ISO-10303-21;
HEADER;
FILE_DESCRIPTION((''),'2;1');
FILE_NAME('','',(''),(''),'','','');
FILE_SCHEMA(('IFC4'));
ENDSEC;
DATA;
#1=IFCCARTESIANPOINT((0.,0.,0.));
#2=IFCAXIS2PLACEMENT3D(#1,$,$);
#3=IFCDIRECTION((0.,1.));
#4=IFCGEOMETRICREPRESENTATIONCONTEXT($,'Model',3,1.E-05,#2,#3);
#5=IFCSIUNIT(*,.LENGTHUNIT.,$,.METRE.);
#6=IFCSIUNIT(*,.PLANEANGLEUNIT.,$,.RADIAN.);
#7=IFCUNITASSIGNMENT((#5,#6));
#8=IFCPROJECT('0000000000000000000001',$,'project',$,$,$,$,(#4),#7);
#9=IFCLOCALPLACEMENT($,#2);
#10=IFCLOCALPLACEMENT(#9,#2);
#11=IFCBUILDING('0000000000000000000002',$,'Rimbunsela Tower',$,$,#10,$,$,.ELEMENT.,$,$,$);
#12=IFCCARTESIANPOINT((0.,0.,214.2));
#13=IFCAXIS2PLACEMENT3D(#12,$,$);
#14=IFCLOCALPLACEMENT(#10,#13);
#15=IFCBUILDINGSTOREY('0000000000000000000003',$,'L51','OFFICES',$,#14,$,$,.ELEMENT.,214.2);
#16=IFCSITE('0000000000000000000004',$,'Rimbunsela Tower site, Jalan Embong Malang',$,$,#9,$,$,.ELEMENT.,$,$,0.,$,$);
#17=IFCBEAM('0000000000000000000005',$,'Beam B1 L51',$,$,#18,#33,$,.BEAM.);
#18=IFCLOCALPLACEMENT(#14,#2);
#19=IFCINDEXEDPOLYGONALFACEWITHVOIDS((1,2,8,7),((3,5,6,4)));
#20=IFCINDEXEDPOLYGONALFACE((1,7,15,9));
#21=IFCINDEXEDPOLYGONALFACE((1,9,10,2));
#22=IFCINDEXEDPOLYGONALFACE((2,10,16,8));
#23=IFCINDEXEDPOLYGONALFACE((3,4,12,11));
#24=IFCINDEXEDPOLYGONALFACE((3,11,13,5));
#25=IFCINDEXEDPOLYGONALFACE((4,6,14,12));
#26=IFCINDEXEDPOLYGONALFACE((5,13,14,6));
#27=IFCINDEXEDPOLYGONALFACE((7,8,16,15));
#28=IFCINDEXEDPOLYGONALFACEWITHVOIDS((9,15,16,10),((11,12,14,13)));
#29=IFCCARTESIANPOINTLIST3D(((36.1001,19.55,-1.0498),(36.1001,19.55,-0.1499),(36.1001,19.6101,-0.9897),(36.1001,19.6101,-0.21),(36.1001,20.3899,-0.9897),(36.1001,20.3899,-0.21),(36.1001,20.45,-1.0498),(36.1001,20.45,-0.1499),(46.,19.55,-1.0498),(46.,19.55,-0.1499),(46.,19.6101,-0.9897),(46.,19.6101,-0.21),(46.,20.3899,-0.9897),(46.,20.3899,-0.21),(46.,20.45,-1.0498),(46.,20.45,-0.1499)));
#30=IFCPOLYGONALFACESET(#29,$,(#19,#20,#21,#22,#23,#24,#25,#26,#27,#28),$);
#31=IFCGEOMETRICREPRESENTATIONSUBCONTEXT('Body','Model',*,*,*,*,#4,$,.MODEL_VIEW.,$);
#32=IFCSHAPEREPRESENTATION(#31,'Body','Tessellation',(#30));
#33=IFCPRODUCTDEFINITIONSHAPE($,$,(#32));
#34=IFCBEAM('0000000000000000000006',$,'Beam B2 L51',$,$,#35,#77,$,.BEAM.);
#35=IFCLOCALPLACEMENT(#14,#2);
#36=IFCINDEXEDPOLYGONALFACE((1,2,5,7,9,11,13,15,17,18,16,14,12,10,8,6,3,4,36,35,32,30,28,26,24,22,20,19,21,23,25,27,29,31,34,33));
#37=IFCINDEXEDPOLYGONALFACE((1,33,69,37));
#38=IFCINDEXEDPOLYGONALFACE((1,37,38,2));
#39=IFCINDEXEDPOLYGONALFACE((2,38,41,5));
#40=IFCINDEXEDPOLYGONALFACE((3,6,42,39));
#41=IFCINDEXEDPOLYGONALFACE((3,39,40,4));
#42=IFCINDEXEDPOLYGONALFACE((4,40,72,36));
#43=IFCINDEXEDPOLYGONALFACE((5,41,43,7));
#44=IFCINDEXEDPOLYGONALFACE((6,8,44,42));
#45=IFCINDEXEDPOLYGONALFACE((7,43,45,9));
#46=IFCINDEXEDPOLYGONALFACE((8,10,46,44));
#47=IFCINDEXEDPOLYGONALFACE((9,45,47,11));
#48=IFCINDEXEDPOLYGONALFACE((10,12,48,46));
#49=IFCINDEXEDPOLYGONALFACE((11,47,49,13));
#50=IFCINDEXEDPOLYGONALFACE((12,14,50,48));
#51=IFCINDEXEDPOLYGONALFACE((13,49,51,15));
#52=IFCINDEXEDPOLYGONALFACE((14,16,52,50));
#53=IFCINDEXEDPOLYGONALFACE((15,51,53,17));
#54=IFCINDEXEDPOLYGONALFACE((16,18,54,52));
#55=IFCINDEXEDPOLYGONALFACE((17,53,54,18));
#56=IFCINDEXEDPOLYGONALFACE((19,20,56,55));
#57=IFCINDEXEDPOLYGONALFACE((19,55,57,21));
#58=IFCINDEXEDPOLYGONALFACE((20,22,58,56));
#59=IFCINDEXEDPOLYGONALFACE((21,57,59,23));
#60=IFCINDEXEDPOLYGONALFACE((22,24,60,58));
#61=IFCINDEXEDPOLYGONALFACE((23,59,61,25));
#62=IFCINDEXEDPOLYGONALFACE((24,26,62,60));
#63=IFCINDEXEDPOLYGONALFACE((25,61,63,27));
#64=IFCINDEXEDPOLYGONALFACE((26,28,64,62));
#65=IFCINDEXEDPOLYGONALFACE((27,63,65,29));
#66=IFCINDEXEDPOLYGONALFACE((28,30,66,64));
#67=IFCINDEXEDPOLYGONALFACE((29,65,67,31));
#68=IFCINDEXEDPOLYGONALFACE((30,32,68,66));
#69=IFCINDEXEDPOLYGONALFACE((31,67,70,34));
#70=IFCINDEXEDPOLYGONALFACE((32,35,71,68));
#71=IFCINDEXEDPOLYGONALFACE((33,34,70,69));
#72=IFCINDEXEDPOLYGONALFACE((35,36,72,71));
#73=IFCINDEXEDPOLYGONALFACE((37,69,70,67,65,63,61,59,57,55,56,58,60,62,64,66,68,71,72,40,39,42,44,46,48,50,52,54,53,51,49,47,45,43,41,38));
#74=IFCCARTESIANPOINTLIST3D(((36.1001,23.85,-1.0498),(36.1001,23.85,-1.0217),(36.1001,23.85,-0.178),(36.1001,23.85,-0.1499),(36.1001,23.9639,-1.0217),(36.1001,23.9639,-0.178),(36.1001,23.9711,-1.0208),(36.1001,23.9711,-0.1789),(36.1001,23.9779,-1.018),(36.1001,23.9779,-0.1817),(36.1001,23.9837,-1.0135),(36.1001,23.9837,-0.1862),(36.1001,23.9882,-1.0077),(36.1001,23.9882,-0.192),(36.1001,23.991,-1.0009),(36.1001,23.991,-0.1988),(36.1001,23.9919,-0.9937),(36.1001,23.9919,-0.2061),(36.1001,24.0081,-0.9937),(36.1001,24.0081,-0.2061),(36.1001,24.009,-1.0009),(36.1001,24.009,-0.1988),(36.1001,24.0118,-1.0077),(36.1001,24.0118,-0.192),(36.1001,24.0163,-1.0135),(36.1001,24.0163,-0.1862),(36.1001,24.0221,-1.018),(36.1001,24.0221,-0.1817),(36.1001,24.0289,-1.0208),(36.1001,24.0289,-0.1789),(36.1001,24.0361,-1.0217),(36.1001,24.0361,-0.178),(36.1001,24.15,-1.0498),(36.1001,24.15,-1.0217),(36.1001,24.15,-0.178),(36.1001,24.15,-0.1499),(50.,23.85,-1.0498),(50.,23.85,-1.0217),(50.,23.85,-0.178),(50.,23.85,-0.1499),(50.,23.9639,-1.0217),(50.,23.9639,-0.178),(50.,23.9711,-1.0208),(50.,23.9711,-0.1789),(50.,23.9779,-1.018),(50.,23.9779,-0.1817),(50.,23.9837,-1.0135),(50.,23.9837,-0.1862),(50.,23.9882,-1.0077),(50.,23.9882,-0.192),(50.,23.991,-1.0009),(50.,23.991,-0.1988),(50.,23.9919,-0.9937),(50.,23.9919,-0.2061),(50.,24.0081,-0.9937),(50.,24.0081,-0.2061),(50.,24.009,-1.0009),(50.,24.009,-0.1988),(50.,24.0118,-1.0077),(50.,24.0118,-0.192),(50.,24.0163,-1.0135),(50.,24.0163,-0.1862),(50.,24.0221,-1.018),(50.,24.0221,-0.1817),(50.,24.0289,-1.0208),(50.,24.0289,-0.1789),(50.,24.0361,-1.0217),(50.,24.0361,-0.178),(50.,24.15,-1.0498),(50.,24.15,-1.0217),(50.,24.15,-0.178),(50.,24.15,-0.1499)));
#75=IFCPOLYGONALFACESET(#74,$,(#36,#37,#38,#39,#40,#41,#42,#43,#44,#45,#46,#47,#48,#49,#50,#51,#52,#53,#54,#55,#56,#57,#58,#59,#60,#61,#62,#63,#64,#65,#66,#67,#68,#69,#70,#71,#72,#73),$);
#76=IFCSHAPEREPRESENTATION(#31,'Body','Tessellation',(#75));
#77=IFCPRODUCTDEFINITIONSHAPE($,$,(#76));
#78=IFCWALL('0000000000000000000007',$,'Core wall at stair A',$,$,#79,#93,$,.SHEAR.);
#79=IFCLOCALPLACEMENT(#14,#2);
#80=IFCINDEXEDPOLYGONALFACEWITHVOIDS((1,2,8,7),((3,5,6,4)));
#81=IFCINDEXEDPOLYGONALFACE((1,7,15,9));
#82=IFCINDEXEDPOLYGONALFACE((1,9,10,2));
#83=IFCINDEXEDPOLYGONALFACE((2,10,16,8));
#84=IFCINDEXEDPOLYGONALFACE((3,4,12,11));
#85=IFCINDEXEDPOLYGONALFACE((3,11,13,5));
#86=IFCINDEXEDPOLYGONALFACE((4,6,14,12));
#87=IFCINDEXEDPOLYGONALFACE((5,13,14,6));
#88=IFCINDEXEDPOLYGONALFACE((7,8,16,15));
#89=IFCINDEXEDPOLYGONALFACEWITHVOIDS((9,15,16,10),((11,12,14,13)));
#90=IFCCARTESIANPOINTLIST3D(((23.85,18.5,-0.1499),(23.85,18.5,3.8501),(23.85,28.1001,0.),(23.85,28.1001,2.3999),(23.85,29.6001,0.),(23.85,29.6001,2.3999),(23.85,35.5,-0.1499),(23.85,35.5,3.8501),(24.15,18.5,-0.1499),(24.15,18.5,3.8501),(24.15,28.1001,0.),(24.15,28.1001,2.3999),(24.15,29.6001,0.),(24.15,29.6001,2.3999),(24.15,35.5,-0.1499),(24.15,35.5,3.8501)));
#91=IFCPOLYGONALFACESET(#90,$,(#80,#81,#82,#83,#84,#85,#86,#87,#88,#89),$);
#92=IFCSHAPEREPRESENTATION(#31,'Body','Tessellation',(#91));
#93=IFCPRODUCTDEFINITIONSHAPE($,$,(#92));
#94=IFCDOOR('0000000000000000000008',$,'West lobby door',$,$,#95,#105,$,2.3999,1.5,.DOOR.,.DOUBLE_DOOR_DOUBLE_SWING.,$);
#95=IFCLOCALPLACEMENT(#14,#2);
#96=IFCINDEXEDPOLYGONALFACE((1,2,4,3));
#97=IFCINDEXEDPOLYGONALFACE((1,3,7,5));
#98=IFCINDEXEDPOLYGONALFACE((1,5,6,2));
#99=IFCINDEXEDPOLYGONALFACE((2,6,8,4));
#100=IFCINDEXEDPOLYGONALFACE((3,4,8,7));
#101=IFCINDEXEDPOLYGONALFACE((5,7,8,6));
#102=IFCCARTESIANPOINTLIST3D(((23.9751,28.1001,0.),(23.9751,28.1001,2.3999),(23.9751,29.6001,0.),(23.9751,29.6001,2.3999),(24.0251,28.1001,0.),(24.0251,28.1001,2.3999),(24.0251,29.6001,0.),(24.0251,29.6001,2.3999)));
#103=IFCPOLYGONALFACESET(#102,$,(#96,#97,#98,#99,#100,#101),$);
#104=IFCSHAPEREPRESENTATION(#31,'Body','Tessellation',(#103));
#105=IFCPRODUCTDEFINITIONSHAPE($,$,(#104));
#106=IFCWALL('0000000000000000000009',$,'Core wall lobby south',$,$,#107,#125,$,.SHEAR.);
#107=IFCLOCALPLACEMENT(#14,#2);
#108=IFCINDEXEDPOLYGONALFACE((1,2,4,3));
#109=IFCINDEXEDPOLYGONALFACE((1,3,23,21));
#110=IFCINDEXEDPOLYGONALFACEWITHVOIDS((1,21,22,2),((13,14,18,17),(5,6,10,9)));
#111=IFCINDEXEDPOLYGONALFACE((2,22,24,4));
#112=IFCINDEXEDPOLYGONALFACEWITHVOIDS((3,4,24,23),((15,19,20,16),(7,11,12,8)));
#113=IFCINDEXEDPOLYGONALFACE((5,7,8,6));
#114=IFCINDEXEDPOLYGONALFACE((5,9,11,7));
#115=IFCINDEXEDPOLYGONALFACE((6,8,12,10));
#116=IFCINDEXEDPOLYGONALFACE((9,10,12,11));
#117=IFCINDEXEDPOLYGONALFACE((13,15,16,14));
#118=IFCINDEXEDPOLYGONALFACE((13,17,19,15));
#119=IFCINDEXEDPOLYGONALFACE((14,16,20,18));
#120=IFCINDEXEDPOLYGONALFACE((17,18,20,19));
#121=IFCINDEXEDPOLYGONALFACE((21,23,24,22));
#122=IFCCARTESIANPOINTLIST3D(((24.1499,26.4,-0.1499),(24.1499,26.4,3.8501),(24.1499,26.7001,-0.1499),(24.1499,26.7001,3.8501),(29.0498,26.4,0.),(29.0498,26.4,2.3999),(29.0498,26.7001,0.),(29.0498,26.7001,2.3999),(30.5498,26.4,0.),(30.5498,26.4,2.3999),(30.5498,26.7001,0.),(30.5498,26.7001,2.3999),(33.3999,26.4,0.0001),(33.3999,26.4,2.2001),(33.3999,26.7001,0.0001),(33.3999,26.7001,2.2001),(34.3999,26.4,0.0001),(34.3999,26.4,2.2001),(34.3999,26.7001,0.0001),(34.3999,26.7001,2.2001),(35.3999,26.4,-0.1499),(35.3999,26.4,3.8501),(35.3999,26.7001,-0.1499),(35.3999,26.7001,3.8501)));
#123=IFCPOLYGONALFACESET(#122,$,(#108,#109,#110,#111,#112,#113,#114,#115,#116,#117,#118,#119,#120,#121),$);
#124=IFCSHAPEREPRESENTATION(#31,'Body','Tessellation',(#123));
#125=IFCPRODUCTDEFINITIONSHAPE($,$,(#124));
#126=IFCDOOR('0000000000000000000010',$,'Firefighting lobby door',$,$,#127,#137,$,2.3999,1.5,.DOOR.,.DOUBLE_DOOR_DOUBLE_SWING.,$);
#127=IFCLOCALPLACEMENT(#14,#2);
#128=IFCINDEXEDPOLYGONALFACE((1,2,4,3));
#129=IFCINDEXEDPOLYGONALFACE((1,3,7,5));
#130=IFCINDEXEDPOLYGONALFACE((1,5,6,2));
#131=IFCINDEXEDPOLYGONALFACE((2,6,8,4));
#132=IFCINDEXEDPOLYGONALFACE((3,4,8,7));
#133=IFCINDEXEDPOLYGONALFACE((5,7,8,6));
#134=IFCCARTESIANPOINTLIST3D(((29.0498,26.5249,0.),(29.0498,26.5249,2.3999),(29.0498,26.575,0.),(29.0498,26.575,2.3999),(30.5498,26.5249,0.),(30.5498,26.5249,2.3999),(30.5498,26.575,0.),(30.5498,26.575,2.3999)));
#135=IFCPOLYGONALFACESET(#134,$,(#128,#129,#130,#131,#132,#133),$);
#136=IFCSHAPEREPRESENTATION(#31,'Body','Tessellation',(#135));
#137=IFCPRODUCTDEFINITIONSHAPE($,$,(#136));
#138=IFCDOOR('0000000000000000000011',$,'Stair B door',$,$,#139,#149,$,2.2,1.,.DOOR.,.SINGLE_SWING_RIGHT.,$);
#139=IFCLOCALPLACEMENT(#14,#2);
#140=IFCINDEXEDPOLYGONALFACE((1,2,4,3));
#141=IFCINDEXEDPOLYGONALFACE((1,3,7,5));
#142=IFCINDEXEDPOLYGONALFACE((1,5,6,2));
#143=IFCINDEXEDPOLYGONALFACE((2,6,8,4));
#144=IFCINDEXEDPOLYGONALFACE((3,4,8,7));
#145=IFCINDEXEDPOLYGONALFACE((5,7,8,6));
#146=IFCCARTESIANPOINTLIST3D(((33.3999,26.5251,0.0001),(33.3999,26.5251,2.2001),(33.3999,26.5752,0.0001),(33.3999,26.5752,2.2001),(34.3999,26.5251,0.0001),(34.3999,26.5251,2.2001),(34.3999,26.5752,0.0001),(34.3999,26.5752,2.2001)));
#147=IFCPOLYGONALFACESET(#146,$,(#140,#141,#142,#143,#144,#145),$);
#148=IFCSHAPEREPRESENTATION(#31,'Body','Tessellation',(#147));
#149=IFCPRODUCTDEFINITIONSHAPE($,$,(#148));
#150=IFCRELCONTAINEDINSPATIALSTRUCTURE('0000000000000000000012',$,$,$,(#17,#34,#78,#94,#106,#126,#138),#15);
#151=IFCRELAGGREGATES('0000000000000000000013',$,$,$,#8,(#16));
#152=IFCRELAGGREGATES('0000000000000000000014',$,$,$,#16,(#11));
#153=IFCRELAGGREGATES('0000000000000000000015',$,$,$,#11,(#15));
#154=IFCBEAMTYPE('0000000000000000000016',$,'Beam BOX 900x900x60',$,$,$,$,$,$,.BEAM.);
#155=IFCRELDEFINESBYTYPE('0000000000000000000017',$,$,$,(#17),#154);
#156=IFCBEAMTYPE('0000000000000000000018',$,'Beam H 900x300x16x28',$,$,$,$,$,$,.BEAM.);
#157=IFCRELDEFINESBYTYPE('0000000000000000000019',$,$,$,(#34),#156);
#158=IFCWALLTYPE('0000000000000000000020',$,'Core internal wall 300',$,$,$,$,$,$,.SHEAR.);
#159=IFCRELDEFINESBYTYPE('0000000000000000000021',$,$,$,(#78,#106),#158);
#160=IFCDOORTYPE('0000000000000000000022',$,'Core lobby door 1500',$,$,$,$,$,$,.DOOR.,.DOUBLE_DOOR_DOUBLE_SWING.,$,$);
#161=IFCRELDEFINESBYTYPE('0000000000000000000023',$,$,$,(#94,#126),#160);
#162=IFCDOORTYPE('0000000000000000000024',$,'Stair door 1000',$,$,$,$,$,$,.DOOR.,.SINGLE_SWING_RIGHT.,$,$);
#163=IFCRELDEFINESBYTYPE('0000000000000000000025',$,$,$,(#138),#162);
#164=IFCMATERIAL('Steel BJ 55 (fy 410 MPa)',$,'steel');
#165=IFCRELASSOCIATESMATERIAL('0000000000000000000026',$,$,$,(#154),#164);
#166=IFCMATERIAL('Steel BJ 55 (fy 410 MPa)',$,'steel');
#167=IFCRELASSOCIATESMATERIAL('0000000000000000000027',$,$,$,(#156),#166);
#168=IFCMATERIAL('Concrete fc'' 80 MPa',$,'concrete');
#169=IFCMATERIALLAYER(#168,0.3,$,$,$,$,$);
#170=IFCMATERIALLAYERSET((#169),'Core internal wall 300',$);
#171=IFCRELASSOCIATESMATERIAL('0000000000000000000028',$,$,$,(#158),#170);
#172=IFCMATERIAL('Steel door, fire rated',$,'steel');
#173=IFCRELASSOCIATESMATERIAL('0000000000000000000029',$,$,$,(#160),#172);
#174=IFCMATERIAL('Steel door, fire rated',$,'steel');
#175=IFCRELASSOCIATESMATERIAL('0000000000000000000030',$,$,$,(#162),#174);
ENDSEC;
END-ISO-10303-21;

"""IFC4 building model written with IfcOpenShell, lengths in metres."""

from ifc_helpers import new_model, si_unit, direction, frame, frame_2d, origin, origin_2d, place, context, subcontext, project, spatial, rectangle, hollow_rectangle, i_section, extrude, material, layer, layer_set, material_profile, profile_set, type_object, element, fill, save


model = new_model("IFC4")

# Units and contexts
model_context = context("Model", 3, precision=1e-05, world=origin(), true_north=direction((0.0, 1.0)))
body_context = subcontext(model_context, "Body", "Model", "MODEL_VIEW")
ifc_project = project(units=[si_unit("LENGTHUNIT", "METRE"), si_unit("PLANEANGLEUNIT", "RADIAN")], contexts=[model_context])

# Site, building, storey
site_placement = place(None, origin())
site = spatial("IfcSite", under=ifc_project, at=site_placement, Name="Rimbunsela Tower site, Jalan Embong Malang", CompositionType="ELEMENT", RefElevation=0.0)
building_placement = place(site_placement, origin())
building = spatial("IfcBuilding", under=site, at=building_placement, Name="Rimbunsela Tower", CompositionType="ELEMENT")
storey_placement = place(building_placement, frame((0.0, 0.0, 214.2)))
storey = spatial("IfcBuildingStorey", under=building, at=storey_placement, Name="L51", Description="OFFICES", CompositionType="ELEMENT", Elevation=214.2)

# Beams
ifc_material_1 = material(Name="Steel BJ 55 (fy 410 MPa)", Category="steel")
ifc_material_profile_1 = material_profile(ifc_material_1, hollow_rectangle(XDim=0.8999, YDim=0.8999, WallThickness=0.0601, at=origin_2d()), Name="BOX 900x900x60")
ifc_profile_set_1 = profile_set([ifc_material_profile_1], Name="Steel BJ 55 (fy 410 MPa)")
beam_type_1 = type_object("IfcBeamType", Name="Beam BOX 900x900x60", PredefinedType="BEAM", material=ifc_profile_set_1)
beam_1_placement = place(storey_placement, frame((36.1001, 20.0, -0.5999), z_axis=(1.0, 0.0, 0.0), x_axis=(0.0, 1.0, 0.0)))
element("IfcBeam", 1, at=beam_1_placement, inside=storey, type_object=beam_type_1, Name="Beam B1 L51", PredefinedType="BEAM", context=body_context, shape_type="SweptSolid", body=[
    extrude(hollow_rectangle(XDim=0.8999, YDim=0.8999, WallThickness=0.0601, at=origin_2d()), origin(), (0.0, 0.0, 1.0), 9.8999),
])
ifc_material_2 = material(Name="Steel BJ 55 (fy 410 MPa)", Category="steel")
ifc_material_profile_2 = material_profile(ifc_material_2, i_section(OverallWidth=0.3, OverallDepth=0.8999, WebThickness=0.0161, FlangeThickness=0.0281, FilletRadius=0.0281, at=origin_2d()), Name="H 900x300x16x28")
ifc_profile_set_2 = profile_set([ifc_material_profile_2], Name="Steel BJ 55 (fy 410 MPa)")
beam_type_2 = type_object("IfcBeamType", Name="Beam H 900x300x16x28", PredefinedType="BEAM", material=ifc_profile_set_2)
beam_2_placement = place(storey_placement, frame((36.1001, 24.0, -0.5999), z_axis=(1.0, 0.0, 0.0), x_axis=(0.0, 1.0, 0.0)))
element("IfcBeam", 2, at=beam_2_placement, inside=storey, type_object=beam_type_2, Name="Beam B2 L51", PredefinedType="BEAM", context=body_context, shape_type="SweptSolid", body=[
    extrude(i_section(OverallWidth=0.3, OverallDepth=0.8999, WebThickness=0.0161, FlangeThickness=0.0281, FilletRadius=0.0281, at=origin_2d()), origin(), (0.0, 0.0, 1.0), 13.8999),
])

# Wall, opening, door
ifc_material_3 = material(Name="Concrete fc' 80 MPa", Category="concrete")
ifc_layer_1 = layer(ifc_material_3, 0.3)
ifc_layer_set_1 = layer_set([ifc_layer_1], Name="Core internal wall 300")
wall_type_1 = type_object("IfcWallType", Name="Core internal wall 300", PredefinedType="SHEAR", material=ifc_layer_set_1)
wall_1_placement = place(storey_placement, frame((24.0, 18.5, -0.1499), z_axis=(0.0, 0.0, 1.0), x_axis=(0.0, 1.0, 0.0)))
wall_1 = element("IfcWall", 3, at=wall_1_placement, inside=storey, type_object=wall_type_1, Name="Core wall at stair A", PredefinedType="SHEAR", context=body_context, shape_type="SweptSolid", body=[
    extrude(rectangle(XDim=17.0, YDim=0.3, at=frame_2d((8.5, 0.0))), origin(), (0.0, 0.0, 1.0), 4.0),
])
opening_1_placement = place(wall_1_placement, frame((9.6001, 0.0, 0.1499)))
opening_1 = element("IfcOpeningElement", 4, at=opening_1_placement, cuts=wall_1, PredefinedType="OPENING", context=body_context, shape_type="SweptSolid", body=[
    extrude(rectangle(XDim=1.5, YDim=2.3999, at=frame_2d((0.75, 1.2))), frame((0.0, 0.1599, 0.0), z_axis=(0.0, -1.0, 0.0), x_axis=(1.0, 0.0, 0.0)), (0.0, 0.0, 1.0), 0.3201),
])
ifc_material_4 = material(Name="Steel door, fire rated", Category="steel")
door_type_1 = type_object("IfcDoorType", Name="Core lobby door 1500", OperationType="DOUBLE_DOOR_DOUBLE_SWING", PredefinedType="DOOR", material=ifc_material_4)
door_1_placement = place(opening_1_placement, origin())
door_1 = element("IfcDoor", 5, at=door_1_placement, inside=storey, type_object=door_type_1, Name="West lobby door", OperationType="DOUBLE_DOOR_DOUBLE_SWING", OverallHeight=2.3999, OverallWidth=1.5, PredefinedType="DOOR", context=body_context, shape_type="SweptSolid", body=[
    extrude(rectangle(XDim=1.5, YDim=2.3999, at=frame_2d((0.75, 1.2))), frame((0.0, 0.0249, 0.0), z_axis=(0.0, -1.0, 0.0), x_axis=(1.0, 0.0, 0.0)), (0.0, 0.0, 1.0), 0.05),
])
fill(opening_1, door_1)

# Wall, openings, doors
wall_2_placement = place(storey_placement, frame((24.1499, 26.55, -0.1499), z_axis=(0.0, 0.0, 1.0), x_axis=(1.0, 0.0, 0.0)))
wall_2 = element("IfcWall", 6, at=wall_2_placement, inside=storey, type_object=wall_type_1, Name="Core wall lobby south", PredefinedType="SHEAR", context=body_context, shape_type="SweptSolid", body=[
    extrude(rectangle(XDim=11.25, YDim=0.3, at=frame_2d((5.625, 0.0))), origin(), (0.0, 0.0, 1.0), 4.0),
])
opening_2_placement = place(wall_2_placement, frame((9.25, 0.0, 0.1499)))
opening_2 = element("IfcOpeningElement", 7, at=opening_2_placement, cuts=wall_2, PredefinedType="OPENING", context=body_context, shape_type="SweptSolid", body=[
    extrude(rectangle(XDim=1.0, YDim=2.2, at=frame_2d((0.5, 1.1001))), frame((0.0, 0.1599, 0.0), z_axis=(0.0, -1.0, 0.0), x_axis=(1.0, 0.0, 0.0)), (0.0, 0.0, 1.0), 0.3201),
])
opening_3_placement = place(wall_2_placement, frame((4.8999, 0.0, 0.1499)))
opening_3 = element("IfcOpeningElement", 8, at=opening_3_placement, cuts=wall_2, PredefinedType="OPENING", context=body_context, shape_type="SweptSolid", body=[
    extrude(rectangle(XDim=1.5, YDim=2.3999, at=frame_2d((0.75, 1.2))), frame((0.0, 0.1599, 0.0), z_axis=(0.0, -1.0, 0.0), x_axis=(1.0, 0.0, 0.0)), (0.0, 0.0, 1.0), 0.3201),
])
door_2_placement = place(opening_3_placement, origin())
door_2 = element("IfcDoor", 9, at=door_2_placement, inside=storey, type_object=door_type_1, Name="Firefighting lobby door", OperationType="DOUBLE_DOOR_DOUBLE_SWING", OverallHeight=2.3999, OverallWidth=1.5, PredefinedType="DOOR", context=body_context, shape_type="SweptSolid", body=[
    extrude(rectangle(XDim=1.5, YDim=2.3999, at=frame_2d((0.75, 1.2))), frame((0.0, 0.0249, 0.0), z_axis=(0.0, -1.0, 0.0), x_axis=(1.0, 0.0, 0.0)), (0.0, 0.0, 1.0), 0.05),
])
fill(opening_3, door_2)
ifc_material_5 = material(Name="Steel door, fire rated", Category="steel")
door_type_2 = type_object("IfcDoorType", Name="Stair door 1000", OperationType="SINGLE_SWING_RIGHT", PredefinedType="DOOR", material=ifc_material_5)
door_3_placement = place(opening_2_placement, frame((1.0, 0.0, 0.0), z_axis=(0.0, 0.0, 1.0), x_axis=(-1.0, 0.0, 0.0)))
door_3 = element("IfcDoor", 10, at=door_3_placement, inside=storey, type_object=door_type_2, Name="Stair B door", OperationType="SINGLE_SWING_RIGHT", OverallHeight=2.2, OverallWidth=1.0, PredefinedType="DOOR", context=body_context, shape_type="SweptSolid", body=[
    extrude(rectangle(XDim=1.0, YDim=2.2, at=frame_2d((0.5, 1.1001))), frame((0.0, 0.0249, 0.0), z_axis=(0.0, -1.0, 0.0), x_axis=(1.0, 0.0, 0.0)), (0.0, 0.0, 1.0), 0.05),
])
fill(opening_2, door_3)

save(model, "model.ifc")
